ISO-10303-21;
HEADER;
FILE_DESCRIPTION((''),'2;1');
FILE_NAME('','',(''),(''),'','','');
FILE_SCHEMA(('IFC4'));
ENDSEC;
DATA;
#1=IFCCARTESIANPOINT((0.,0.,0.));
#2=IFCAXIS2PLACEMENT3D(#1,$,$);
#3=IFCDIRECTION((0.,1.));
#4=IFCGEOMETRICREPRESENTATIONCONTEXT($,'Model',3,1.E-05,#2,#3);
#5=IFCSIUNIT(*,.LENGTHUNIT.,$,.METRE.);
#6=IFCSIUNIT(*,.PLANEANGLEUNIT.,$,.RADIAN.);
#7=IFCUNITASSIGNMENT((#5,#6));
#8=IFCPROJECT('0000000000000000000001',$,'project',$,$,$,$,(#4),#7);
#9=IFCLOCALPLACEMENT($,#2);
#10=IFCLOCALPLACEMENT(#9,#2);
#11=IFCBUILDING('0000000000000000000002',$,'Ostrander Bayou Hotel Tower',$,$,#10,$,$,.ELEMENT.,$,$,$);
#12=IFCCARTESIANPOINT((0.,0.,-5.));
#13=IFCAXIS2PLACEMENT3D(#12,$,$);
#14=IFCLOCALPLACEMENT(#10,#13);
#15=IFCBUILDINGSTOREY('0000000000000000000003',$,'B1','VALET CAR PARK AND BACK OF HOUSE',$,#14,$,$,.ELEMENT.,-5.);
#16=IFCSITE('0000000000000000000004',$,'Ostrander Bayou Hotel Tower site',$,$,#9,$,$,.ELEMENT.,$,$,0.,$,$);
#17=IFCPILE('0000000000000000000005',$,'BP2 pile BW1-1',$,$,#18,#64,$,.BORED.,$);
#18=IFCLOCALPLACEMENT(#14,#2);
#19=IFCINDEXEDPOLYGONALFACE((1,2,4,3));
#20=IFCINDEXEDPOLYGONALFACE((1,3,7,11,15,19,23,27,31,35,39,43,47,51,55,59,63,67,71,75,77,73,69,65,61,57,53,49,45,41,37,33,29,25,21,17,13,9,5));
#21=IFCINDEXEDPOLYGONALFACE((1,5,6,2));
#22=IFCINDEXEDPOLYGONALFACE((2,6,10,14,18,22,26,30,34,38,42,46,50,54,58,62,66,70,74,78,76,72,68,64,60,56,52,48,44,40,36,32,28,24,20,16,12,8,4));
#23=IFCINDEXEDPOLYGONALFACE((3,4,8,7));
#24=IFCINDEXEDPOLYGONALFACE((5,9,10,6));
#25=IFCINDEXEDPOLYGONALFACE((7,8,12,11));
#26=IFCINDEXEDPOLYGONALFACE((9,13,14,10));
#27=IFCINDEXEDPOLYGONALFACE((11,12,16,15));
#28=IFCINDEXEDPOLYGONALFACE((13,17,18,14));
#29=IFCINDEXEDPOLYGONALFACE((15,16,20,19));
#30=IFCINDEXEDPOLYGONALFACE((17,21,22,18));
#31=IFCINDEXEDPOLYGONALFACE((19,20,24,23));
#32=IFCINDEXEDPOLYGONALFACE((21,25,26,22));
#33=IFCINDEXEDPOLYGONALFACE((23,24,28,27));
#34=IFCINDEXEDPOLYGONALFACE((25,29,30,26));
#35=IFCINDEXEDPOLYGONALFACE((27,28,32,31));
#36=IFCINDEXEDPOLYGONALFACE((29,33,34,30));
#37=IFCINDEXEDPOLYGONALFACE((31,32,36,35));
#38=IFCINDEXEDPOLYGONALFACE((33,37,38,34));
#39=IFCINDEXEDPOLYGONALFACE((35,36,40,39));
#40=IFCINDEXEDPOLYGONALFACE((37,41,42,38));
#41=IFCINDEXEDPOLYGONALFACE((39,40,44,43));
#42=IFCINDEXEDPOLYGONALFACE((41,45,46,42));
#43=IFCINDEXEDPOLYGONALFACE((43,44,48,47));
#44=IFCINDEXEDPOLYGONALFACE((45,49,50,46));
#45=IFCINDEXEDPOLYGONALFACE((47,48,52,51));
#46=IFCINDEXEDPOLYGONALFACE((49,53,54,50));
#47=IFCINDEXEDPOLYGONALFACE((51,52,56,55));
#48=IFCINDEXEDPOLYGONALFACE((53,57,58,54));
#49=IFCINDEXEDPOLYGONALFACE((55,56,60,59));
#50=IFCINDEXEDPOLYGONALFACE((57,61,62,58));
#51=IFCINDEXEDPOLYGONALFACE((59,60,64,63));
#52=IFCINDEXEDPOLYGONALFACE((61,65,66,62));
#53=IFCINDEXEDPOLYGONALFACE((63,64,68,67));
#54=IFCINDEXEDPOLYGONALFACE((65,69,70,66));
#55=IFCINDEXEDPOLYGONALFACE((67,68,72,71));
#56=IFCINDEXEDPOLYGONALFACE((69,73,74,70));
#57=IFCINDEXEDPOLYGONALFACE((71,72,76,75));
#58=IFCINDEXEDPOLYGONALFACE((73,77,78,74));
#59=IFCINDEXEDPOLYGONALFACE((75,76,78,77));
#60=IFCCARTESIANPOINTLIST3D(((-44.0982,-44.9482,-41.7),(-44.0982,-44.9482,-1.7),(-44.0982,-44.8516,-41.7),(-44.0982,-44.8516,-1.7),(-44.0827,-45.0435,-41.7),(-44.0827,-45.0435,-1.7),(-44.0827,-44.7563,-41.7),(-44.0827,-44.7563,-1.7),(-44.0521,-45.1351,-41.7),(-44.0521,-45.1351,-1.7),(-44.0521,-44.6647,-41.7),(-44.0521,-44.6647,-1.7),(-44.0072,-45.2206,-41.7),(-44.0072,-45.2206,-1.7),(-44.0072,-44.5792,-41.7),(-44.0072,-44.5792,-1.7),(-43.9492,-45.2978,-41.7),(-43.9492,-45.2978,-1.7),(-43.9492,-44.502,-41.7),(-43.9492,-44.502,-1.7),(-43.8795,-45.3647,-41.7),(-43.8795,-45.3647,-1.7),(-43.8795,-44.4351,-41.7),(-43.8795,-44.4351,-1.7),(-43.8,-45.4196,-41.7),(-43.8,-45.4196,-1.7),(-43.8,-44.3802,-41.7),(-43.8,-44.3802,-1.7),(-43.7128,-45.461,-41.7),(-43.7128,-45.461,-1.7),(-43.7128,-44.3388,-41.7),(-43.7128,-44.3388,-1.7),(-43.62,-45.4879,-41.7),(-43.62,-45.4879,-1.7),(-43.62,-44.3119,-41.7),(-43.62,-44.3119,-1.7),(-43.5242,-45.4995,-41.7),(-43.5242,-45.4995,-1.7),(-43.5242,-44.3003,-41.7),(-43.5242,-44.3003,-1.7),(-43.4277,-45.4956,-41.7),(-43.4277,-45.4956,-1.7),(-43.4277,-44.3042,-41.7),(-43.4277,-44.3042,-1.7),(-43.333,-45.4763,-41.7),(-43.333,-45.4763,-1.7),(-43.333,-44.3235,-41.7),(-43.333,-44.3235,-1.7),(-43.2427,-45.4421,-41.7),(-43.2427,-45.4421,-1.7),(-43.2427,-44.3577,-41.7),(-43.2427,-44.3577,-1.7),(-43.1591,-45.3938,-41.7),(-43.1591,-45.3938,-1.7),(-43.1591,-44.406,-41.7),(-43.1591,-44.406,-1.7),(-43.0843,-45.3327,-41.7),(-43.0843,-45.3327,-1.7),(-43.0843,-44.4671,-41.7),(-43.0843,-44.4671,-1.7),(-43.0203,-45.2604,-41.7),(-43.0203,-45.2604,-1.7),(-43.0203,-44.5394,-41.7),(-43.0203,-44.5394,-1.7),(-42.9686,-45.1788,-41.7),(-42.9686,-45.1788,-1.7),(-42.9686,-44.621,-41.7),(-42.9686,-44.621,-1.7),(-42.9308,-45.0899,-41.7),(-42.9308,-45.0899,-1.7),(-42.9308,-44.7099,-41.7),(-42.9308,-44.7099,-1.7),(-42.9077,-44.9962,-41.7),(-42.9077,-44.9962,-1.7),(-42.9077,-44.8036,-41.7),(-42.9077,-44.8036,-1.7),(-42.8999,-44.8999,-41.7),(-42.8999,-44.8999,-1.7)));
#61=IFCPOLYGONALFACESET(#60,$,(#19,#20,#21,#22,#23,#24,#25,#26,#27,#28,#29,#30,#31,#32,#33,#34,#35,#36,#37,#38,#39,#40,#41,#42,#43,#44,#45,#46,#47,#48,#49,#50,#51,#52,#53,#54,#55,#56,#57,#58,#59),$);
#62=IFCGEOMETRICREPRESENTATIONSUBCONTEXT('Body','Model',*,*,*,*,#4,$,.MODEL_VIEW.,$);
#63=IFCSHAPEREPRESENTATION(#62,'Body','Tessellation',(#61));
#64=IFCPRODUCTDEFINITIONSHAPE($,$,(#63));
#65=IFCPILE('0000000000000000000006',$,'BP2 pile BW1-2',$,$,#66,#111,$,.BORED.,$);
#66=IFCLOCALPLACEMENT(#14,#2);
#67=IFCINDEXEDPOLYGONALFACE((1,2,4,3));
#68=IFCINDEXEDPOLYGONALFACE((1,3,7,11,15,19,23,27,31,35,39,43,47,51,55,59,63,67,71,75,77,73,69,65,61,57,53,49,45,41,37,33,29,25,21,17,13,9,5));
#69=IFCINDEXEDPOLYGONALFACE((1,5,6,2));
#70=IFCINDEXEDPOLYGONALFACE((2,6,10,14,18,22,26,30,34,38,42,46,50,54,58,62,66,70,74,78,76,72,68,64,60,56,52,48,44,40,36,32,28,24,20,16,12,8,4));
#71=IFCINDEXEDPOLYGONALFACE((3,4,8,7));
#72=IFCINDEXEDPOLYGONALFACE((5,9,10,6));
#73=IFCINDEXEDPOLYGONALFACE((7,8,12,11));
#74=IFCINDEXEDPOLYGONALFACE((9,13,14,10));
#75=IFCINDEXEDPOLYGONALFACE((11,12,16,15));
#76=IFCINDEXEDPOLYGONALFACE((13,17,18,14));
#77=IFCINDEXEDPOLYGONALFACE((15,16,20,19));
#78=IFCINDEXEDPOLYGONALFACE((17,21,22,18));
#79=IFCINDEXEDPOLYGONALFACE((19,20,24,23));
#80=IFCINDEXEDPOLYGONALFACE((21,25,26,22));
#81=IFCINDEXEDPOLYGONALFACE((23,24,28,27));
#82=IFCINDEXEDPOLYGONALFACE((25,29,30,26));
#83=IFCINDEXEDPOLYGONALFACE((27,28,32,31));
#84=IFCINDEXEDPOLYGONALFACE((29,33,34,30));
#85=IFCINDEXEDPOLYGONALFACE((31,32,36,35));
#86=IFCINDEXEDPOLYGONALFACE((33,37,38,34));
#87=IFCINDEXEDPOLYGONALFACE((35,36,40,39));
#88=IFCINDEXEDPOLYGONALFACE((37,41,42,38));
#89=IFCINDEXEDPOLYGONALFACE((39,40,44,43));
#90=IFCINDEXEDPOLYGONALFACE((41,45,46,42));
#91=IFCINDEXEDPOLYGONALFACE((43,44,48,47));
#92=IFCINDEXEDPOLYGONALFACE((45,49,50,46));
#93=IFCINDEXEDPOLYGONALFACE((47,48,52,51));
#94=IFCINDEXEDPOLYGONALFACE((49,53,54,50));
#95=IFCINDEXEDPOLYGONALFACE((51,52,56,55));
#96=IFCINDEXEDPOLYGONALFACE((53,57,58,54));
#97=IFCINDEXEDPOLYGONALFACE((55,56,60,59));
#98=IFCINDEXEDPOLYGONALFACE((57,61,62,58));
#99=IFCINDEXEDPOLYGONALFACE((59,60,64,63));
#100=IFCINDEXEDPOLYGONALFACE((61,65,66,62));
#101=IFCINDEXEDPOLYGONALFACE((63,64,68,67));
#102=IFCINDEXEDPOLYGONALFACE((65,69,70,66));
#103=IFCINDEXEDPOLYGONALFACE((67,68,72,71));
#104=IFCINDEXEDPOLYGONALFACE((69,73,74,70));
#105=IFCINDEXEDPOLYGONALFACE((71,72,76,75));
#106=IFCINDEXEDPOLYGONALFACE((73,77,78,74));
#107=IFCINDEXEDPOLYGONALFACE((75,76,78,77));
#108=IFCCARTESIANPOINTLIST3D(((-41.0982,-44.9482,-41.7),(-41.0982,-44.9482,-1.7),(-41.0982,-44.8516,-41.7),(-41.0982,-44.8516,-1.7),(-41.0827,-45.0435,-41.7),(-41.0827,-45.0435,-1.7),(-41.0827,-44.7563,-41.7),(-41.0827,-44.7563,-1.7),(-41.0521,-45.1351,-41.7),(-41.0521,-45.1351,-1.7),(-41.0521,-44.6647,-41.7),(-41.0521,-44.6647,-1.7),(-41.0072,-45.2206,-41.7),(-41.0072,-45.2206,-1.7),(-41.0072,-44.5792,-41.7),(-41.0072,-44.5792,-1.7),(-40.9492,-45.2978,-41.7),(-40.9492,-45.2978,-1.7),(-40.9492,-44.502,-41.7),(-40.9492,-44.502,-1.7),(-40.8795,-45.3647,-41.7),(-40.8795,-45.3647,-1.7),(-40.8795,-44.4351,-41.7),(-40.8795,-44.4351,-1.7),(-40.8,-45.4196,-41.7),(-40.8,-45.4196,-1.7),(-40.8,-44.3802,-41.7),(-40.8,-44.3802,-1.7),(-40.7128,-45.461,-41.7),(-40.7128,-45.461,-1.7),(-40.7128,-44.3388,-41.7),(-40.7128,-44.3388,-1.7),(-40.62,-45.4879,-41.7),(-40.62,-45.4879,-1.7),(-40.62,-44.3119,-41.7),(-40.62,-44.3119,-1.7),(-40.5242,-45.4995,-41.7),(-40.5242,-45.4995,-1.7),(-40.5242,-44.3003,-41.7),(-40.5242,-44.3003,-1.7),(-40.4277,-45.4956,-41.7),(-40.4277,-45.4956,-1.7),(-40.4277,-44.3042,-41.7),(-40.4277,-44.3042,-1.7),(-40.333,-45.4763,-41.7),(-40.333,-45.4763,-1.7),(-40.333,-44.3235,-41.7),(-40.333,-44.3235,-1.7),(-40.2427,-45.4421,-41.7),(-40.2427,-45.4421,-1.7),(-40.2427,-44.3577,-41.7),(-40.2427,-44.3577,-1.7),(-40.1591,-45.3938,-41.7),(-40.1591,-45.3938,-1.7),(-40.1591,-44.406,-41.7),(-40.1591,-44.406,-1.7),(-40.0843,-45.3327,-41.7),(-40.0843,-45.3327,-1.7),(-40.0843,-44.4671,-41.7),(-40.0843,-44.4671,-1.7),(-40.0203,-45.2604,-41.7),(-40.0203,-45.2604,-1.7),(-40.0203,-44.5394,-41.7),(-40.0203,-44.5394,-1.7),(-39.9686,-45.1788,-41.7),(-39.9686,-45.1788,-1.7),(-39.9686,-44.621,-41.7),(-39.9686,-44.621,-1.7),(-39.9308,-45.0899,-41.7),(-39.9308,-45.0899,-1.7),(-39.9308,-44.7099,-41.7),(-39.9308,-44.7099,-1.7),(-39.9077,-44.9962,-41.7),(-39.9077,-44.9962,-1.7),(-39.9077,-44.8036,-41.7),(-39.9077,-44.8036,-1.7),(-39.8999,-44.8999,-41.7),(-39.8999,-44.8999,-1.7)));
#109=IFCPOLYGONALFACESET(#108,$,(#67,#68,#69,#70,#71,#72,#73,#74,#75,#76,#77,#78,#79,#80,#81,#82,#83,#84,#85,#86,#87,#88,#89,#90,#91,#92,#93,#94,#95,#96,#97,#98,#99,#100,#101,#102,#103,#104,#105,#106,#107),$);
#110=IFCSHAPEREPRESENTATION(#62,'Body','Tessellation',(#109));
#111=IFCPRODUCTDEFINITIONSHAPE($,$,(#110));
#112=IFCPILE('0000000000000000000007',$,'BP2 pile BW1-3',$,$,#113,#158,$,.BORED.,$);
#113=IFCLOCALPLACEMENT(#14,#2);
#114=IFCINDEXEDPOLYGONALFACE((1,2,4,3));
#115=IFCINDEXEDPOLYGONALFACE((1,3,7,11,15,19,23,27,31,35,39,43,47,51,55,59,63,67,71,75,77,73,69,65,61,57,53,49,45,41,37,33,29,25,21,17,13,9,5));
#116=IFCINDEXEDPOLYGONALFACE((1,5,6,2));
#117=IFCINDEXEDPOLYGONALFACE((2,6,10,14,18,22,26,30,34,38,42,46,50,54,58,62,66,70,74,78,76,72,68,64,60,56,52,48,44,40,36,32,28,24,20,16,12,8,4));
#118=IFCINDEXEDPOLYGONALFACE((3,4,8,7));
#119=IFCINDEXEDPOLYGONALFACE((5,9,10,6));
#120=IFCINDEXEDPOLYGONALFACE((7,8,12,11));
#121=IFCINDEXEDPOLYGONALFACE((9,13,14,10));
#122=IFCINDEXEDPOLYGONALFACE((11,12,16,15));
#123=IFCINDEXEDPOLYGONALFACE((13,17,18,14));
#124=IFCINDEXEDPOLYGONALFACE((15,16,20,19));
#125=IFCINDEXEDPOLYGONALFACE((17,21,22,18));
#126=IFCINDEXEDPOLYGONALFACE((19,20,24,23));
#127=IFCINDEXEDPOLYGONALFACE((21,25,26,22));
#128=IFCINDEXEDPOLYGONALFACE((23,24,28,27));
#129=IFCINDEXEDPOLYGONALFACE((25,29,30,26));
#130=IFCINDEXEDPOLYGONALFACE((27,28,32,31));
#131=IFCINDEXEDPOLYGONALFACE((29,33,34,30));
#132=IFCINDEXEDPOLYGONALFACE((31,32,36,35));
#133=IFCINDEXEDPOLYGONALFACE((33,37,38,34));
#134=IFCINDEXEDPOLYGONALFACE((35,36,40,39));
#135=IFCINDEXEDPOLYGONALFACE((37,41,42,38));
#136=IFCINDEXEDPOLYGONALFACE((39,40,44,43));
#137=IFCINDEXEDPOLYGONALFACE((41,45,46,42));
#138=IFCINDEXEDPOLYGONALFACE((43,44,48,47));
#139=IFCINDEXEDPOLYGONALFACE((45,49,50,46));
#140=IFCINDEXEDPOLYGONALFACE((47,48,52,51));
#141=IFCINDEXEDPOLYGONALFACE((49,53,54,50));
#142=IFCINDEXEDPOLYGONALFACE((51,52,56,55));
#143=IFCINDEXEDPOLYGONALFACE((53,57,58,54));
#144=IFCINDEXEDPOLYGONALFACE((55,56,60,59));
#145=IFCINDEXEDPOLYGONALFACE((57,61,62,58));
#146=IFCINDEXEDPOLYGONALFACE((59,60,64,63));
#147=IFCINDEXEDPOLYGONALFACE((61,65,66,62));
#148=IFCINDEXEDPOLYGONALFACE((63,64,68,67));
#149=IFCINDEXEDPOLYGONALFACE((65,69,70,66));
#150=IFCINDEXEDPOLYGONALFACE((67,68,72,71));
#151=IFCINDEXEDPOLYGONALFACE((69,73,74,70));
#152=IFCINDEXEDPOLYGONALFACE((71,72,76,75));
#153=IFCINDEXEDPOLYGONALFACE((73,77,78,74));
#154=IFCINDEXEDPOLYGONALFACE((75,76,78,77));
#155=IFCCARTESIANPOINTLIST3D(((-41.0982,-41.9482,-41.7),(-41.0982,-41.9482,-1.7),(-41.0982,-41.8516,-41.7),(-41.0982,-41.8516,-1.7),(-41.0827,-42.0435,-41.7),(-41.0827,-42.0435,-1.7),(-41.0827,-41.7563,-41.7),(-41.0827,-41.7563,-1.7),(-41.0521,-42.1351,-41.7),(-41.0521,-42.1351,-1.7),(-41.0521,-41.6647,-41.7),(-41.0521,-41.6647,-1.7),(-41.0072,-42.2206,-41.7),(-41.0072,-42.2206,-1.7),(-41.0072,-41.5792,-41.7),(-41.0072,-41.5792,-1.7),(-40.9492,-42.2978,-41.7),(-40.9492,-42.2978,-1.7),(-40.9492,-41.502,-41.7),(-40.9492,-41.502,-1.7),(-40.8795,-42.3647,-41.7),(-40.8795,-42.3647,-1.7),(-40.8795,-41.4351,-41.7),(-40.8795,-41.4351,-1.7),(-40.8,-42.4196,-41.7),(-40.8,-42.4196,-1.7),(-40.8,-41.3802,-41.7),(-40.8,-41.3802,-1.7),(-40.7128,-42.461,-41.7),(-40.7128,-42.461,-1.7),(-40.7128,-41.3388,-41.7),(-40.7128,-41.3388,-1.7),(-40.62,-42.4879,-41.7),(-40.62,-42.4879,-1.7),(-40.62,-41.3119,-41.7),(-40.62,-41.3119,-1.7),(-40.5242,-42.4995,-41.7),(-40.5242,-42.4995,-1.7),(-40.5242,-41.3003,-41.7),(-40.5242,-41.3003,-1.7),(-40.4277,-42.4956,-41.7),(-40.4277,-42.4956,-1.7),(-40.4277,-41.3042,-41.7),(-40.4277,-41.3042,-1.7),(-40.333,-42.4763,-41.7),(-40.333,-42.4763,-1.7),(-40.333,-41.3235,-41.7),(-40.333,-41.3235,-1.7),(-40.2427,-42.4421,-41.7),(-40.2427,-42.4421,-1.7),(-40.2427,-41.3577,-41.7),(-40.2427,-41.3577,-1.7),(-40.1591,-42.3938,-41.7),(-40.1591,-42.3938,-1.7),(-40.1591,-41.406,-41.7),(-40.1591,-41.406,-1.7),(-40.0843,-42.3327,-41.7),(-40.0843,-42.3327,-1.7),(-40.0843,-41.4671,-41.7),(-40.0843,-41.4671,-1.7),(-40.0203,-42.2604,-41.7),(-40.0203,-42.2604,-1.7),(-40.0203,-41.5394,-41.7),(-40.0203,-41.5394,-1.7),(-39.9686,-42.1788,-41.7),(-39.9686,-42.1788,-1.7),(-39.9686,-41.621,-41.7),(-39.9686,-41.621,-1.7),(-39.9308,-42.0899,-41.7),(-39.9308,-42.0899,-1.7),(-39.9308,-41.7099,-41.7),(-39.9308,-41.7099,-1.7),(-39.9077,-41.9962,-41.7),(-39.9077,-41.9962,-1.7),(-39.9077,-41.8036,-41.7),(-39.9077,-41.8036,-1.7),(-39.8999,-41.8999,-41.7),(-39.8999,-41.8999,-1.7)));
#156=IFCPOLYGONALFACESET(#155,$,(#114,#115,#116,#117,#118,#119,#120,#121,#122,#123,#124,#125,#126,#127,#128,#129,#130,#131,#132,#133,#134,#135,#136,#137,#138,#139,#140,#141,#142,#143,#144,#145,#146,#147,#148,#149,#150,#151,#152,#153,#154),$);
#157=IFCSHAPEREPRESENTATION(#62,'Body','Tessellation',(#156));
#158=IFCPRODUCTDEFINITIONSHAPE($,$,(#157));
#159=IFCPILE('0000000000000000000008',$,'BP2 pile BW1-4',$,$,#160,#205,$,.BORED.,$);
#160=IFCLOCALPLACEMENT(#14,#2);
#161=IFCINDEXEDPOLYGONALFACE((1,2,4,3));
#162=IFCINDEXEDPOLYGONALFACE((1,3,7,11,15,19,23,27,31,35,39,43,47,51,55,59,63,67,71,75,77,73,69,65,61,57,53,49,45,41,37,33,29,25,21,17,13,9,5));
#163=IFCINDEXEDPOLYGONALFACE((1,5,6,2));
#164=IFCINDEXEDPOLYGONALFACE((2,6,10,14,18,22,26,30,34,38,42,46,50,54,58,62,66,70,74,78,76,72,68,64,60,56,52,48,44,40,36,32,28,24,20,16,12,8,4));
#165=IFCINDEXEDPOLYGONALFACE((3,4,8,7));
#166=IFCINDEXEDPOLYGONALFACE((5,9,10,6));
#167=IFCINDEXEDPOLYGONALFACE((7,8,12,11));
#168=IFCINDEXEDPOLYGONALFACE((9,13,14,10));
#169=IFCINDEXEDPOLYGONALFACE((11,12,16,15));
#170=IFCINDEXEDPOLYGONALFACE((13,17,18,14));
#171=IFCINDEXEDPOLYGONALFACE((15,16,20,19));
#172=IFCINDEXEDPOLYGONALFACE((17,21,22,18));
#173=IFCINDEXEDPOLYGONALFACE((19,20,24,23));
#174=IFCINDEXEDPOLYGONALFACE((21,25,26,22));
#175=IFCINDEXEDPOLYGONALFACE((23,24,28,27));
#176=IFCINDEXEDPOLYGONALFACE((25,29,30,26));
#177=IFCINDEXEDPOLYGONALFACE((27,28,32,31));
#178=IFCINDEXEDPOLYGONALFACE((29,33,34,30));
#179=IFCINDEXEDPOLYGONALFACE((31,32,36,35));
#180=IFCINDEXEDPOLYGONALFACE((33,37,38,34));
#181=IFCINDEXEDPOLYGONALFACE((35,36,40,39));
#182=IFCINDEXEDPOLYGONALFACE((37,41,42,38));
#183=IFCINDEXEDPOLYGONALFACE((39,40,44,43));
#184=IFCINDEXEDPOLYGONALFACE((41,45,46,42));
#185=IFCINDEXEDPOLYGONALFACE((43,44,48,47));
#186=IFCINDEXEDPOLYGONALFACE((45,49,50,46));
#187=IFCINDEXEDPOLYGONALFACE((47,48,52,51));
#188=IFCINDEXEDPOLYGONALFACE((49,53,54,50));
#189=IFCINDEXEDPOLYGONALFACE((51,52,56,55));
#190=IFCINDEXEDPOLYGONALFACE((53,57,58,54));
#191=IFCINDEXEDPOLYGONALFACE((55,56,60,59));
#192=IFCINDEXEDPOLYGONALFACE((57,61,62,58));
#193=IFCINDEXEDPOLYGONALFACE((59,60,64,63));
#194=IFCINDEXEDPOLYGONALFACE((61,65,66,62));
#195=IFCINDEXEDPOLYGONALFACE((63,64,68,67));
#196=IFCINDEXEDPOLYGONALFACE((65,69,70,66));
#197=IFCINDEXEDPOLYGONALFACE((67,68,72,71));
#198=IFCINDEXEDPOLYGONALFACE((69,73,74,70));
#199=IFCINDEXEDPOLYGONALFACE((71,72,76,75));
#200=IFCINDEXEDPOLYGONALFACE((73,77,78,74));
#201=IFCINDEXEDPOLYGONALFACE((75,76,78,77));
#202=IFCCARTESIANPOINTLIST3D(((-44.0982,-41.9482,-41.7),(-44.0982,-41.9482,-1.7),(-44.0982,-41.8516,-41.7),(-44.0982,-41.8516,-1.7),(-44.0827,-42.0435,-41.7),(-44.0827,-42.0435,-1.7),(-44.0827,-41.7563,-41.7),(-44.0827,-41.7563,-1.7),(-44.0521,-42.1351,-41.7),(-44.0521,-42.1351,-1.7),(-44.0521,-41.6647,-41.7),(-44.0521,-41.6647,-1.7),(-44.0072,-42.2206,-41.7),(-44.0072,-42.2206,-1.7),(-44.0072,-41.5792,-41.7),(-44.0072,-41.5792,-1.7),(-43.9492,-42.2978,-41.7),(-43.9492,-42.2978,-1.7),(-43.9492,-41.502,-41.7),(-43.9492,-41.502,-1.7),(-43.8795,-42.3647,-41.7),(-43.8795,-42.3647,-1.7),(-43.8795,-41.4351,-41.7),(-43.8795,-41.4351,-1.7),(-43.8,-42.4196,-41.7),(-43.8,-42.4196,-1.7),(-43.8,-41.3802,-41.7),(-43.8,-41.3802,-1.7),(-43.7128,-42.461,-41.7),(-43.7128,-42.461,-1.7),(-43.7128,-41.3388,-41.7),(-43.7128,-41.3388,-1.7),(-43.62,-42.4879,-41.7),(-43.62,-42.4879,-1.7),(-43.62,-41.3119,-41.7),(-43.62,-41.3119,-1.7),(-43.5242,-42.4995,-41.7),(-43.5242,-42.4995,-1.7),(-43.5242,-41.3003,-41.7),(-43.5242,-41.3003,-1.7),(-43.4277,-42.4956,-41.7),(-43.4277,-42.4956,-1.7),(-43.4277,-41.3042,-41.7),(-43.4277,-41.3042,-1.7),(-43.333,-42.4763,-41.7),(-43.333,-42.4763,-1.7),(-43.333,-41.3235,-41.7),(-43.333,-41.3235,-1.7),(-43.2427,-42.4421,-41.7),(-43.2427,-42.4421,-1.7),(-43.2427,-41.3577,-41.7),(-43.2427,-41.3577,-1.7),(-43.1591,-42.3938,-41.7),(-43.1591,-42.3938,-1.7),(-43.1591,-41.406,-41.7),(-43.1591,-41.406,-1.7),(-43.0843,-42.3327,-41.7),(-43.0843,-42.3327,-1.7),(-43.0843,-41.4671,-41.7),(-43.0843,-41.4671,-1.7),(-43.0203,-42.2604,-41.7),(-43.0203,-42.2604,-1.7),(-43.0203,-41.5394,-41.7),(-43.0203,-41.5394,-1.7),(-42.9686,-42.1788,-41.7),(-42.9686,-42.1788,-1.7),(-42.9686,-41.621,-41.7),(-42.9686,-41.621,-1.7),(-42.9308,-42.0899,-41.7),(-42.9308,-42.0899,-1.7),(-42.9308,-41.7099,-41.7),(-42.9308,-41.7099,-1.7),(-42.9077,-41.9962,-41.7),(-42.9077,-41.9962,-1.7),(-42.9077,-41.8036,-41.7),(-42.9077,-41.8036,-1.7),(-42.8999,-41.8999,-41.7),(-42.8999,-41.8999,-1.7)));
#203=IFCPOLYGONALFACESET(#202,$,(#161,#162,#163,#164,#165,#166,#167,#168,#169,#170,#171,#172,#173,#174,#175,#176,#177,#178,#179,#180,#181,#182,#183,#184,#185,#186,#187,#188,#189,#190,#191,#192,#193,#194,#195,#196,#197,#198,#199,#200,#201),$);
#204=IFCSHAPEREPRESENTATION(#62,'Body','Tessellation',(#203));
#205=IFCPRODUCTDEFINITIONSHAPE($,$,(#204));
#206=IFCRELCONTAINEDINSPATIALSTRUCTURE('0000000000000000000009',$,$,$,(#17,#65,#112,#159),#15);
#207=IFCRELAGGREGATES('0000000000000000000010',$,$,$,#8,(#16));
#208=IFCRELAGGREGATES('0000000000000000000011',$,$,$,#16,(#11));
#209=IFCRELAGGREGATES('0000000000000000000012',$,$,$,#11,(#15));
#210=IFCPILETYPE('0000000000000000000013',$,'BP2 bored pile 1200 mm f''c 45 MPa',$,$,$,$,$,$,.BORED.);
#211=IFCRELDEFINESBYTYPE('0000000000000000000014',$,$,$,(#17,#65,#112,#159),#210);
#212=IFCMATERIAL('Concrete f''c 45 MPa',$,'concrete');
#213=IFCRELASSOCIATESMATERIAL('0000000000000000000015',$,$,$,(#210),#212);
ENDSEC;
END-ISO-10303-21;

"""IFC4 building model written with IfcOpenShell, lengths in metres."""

from ifc_helpers import new_model, si_unit, direction, frame, origin, origin_2d, place, context, subcontext, project, spatial, circle, extrude, material, material_profile, profile_set, type_object, element, save


model = new_model("IFC4")

# Units and contexts
model_context = context("Model", 3, precision=1e-05, world=origin(), true_north=direction((0.0, 1.0)))
body_context = subcontext(model_context, "Body", "Model", "MODEL_VIEW")
ifc_project = project(units=[si_unit("LENGTHUNIT", "METRE"), si_unit("PLANEANGLEUNIT", "RADIAN")], contexts=[model_context])

# Site, building, storey
site_placement = place(None, origin())
site = spatial("IfcSite", under=ifc_project, at=site_placement, Name="Ostrander Bayou Hotel Tower site", CompositionType="ELEMENT", RefElevation=0.0)
building_placement = place(site_placement, origin())
building = spatial("IfcBuilding", under=site, at=building_placement, Name="Ostrander Bayou Hotel Tower", CompositionType="ELEMENT")
storey_placement = place(building_placement, frame((0.0, 0.0, -5.0)))
storey = spatial("IfcBuildingStorey", under=building, at=storey_placement, Name="B1", Description="VALET CAR PARK AND BACK OF HOUSE", CompositionType="ELEMENT", Elevation=-5.0)

# Piles
ifc_material_1 = material(Name="Concrete f'c 45 MPa", Category="concrete")
ifc_material_profile_1 = material_profile(ifc_material_1, circle(Radius=0.6001, at=origin_2d()))
ifc_profile_set_1 = profile_set([ifc_material_profile_1], Name="Concrete f'c 45 MPa")
pile_type = type_object("IfcPileType", Name="BP2 bored pile 1200 mm f'c 45 MPa", PredefinedType="BORED", material=ifc_profile_set_1)
for number, where, z_axis, x_axis, name in (
    (1, (-43.5, -44.8999, -1.7), (0.0, 0.0, -1.0), (1.0, 0.0, 0.0), "BP2 pile BW1-1"),
    (2, (-40.5, -44.8999, -1.7), (0.0, 0.0, -1.0), (1.0, 0.0, 0.0), "BP2 pile BW1-2"),
    (3, (-40.5, -41.8999, -1.7), (0.0, 0.0, -1.0), (1.0, 0.0, 0.0), "BP2 pile BW1-3"),
    (4, (-43.5, -41.8999, -1.7), (0.0, 0.0, -1.0), (1.0, 0.0, 0.0), "BP2 pile BW1-4"),
):
    element("IfcPile", number, at=place(storey_placement, frame(where, z_axis=z_axis, x_axis=x_axis)), inside=storey, type_object=pile_type, Name=name, PredefinedType="BORED", context=body_context, shape_type="SweptSolid", body=[
        extrude(circle(Radius=0.6001, at=origin_2d()), origin(), (0.0, 0.0, 1.0), 40.0),
    ])

save(model, "model.ifc")
